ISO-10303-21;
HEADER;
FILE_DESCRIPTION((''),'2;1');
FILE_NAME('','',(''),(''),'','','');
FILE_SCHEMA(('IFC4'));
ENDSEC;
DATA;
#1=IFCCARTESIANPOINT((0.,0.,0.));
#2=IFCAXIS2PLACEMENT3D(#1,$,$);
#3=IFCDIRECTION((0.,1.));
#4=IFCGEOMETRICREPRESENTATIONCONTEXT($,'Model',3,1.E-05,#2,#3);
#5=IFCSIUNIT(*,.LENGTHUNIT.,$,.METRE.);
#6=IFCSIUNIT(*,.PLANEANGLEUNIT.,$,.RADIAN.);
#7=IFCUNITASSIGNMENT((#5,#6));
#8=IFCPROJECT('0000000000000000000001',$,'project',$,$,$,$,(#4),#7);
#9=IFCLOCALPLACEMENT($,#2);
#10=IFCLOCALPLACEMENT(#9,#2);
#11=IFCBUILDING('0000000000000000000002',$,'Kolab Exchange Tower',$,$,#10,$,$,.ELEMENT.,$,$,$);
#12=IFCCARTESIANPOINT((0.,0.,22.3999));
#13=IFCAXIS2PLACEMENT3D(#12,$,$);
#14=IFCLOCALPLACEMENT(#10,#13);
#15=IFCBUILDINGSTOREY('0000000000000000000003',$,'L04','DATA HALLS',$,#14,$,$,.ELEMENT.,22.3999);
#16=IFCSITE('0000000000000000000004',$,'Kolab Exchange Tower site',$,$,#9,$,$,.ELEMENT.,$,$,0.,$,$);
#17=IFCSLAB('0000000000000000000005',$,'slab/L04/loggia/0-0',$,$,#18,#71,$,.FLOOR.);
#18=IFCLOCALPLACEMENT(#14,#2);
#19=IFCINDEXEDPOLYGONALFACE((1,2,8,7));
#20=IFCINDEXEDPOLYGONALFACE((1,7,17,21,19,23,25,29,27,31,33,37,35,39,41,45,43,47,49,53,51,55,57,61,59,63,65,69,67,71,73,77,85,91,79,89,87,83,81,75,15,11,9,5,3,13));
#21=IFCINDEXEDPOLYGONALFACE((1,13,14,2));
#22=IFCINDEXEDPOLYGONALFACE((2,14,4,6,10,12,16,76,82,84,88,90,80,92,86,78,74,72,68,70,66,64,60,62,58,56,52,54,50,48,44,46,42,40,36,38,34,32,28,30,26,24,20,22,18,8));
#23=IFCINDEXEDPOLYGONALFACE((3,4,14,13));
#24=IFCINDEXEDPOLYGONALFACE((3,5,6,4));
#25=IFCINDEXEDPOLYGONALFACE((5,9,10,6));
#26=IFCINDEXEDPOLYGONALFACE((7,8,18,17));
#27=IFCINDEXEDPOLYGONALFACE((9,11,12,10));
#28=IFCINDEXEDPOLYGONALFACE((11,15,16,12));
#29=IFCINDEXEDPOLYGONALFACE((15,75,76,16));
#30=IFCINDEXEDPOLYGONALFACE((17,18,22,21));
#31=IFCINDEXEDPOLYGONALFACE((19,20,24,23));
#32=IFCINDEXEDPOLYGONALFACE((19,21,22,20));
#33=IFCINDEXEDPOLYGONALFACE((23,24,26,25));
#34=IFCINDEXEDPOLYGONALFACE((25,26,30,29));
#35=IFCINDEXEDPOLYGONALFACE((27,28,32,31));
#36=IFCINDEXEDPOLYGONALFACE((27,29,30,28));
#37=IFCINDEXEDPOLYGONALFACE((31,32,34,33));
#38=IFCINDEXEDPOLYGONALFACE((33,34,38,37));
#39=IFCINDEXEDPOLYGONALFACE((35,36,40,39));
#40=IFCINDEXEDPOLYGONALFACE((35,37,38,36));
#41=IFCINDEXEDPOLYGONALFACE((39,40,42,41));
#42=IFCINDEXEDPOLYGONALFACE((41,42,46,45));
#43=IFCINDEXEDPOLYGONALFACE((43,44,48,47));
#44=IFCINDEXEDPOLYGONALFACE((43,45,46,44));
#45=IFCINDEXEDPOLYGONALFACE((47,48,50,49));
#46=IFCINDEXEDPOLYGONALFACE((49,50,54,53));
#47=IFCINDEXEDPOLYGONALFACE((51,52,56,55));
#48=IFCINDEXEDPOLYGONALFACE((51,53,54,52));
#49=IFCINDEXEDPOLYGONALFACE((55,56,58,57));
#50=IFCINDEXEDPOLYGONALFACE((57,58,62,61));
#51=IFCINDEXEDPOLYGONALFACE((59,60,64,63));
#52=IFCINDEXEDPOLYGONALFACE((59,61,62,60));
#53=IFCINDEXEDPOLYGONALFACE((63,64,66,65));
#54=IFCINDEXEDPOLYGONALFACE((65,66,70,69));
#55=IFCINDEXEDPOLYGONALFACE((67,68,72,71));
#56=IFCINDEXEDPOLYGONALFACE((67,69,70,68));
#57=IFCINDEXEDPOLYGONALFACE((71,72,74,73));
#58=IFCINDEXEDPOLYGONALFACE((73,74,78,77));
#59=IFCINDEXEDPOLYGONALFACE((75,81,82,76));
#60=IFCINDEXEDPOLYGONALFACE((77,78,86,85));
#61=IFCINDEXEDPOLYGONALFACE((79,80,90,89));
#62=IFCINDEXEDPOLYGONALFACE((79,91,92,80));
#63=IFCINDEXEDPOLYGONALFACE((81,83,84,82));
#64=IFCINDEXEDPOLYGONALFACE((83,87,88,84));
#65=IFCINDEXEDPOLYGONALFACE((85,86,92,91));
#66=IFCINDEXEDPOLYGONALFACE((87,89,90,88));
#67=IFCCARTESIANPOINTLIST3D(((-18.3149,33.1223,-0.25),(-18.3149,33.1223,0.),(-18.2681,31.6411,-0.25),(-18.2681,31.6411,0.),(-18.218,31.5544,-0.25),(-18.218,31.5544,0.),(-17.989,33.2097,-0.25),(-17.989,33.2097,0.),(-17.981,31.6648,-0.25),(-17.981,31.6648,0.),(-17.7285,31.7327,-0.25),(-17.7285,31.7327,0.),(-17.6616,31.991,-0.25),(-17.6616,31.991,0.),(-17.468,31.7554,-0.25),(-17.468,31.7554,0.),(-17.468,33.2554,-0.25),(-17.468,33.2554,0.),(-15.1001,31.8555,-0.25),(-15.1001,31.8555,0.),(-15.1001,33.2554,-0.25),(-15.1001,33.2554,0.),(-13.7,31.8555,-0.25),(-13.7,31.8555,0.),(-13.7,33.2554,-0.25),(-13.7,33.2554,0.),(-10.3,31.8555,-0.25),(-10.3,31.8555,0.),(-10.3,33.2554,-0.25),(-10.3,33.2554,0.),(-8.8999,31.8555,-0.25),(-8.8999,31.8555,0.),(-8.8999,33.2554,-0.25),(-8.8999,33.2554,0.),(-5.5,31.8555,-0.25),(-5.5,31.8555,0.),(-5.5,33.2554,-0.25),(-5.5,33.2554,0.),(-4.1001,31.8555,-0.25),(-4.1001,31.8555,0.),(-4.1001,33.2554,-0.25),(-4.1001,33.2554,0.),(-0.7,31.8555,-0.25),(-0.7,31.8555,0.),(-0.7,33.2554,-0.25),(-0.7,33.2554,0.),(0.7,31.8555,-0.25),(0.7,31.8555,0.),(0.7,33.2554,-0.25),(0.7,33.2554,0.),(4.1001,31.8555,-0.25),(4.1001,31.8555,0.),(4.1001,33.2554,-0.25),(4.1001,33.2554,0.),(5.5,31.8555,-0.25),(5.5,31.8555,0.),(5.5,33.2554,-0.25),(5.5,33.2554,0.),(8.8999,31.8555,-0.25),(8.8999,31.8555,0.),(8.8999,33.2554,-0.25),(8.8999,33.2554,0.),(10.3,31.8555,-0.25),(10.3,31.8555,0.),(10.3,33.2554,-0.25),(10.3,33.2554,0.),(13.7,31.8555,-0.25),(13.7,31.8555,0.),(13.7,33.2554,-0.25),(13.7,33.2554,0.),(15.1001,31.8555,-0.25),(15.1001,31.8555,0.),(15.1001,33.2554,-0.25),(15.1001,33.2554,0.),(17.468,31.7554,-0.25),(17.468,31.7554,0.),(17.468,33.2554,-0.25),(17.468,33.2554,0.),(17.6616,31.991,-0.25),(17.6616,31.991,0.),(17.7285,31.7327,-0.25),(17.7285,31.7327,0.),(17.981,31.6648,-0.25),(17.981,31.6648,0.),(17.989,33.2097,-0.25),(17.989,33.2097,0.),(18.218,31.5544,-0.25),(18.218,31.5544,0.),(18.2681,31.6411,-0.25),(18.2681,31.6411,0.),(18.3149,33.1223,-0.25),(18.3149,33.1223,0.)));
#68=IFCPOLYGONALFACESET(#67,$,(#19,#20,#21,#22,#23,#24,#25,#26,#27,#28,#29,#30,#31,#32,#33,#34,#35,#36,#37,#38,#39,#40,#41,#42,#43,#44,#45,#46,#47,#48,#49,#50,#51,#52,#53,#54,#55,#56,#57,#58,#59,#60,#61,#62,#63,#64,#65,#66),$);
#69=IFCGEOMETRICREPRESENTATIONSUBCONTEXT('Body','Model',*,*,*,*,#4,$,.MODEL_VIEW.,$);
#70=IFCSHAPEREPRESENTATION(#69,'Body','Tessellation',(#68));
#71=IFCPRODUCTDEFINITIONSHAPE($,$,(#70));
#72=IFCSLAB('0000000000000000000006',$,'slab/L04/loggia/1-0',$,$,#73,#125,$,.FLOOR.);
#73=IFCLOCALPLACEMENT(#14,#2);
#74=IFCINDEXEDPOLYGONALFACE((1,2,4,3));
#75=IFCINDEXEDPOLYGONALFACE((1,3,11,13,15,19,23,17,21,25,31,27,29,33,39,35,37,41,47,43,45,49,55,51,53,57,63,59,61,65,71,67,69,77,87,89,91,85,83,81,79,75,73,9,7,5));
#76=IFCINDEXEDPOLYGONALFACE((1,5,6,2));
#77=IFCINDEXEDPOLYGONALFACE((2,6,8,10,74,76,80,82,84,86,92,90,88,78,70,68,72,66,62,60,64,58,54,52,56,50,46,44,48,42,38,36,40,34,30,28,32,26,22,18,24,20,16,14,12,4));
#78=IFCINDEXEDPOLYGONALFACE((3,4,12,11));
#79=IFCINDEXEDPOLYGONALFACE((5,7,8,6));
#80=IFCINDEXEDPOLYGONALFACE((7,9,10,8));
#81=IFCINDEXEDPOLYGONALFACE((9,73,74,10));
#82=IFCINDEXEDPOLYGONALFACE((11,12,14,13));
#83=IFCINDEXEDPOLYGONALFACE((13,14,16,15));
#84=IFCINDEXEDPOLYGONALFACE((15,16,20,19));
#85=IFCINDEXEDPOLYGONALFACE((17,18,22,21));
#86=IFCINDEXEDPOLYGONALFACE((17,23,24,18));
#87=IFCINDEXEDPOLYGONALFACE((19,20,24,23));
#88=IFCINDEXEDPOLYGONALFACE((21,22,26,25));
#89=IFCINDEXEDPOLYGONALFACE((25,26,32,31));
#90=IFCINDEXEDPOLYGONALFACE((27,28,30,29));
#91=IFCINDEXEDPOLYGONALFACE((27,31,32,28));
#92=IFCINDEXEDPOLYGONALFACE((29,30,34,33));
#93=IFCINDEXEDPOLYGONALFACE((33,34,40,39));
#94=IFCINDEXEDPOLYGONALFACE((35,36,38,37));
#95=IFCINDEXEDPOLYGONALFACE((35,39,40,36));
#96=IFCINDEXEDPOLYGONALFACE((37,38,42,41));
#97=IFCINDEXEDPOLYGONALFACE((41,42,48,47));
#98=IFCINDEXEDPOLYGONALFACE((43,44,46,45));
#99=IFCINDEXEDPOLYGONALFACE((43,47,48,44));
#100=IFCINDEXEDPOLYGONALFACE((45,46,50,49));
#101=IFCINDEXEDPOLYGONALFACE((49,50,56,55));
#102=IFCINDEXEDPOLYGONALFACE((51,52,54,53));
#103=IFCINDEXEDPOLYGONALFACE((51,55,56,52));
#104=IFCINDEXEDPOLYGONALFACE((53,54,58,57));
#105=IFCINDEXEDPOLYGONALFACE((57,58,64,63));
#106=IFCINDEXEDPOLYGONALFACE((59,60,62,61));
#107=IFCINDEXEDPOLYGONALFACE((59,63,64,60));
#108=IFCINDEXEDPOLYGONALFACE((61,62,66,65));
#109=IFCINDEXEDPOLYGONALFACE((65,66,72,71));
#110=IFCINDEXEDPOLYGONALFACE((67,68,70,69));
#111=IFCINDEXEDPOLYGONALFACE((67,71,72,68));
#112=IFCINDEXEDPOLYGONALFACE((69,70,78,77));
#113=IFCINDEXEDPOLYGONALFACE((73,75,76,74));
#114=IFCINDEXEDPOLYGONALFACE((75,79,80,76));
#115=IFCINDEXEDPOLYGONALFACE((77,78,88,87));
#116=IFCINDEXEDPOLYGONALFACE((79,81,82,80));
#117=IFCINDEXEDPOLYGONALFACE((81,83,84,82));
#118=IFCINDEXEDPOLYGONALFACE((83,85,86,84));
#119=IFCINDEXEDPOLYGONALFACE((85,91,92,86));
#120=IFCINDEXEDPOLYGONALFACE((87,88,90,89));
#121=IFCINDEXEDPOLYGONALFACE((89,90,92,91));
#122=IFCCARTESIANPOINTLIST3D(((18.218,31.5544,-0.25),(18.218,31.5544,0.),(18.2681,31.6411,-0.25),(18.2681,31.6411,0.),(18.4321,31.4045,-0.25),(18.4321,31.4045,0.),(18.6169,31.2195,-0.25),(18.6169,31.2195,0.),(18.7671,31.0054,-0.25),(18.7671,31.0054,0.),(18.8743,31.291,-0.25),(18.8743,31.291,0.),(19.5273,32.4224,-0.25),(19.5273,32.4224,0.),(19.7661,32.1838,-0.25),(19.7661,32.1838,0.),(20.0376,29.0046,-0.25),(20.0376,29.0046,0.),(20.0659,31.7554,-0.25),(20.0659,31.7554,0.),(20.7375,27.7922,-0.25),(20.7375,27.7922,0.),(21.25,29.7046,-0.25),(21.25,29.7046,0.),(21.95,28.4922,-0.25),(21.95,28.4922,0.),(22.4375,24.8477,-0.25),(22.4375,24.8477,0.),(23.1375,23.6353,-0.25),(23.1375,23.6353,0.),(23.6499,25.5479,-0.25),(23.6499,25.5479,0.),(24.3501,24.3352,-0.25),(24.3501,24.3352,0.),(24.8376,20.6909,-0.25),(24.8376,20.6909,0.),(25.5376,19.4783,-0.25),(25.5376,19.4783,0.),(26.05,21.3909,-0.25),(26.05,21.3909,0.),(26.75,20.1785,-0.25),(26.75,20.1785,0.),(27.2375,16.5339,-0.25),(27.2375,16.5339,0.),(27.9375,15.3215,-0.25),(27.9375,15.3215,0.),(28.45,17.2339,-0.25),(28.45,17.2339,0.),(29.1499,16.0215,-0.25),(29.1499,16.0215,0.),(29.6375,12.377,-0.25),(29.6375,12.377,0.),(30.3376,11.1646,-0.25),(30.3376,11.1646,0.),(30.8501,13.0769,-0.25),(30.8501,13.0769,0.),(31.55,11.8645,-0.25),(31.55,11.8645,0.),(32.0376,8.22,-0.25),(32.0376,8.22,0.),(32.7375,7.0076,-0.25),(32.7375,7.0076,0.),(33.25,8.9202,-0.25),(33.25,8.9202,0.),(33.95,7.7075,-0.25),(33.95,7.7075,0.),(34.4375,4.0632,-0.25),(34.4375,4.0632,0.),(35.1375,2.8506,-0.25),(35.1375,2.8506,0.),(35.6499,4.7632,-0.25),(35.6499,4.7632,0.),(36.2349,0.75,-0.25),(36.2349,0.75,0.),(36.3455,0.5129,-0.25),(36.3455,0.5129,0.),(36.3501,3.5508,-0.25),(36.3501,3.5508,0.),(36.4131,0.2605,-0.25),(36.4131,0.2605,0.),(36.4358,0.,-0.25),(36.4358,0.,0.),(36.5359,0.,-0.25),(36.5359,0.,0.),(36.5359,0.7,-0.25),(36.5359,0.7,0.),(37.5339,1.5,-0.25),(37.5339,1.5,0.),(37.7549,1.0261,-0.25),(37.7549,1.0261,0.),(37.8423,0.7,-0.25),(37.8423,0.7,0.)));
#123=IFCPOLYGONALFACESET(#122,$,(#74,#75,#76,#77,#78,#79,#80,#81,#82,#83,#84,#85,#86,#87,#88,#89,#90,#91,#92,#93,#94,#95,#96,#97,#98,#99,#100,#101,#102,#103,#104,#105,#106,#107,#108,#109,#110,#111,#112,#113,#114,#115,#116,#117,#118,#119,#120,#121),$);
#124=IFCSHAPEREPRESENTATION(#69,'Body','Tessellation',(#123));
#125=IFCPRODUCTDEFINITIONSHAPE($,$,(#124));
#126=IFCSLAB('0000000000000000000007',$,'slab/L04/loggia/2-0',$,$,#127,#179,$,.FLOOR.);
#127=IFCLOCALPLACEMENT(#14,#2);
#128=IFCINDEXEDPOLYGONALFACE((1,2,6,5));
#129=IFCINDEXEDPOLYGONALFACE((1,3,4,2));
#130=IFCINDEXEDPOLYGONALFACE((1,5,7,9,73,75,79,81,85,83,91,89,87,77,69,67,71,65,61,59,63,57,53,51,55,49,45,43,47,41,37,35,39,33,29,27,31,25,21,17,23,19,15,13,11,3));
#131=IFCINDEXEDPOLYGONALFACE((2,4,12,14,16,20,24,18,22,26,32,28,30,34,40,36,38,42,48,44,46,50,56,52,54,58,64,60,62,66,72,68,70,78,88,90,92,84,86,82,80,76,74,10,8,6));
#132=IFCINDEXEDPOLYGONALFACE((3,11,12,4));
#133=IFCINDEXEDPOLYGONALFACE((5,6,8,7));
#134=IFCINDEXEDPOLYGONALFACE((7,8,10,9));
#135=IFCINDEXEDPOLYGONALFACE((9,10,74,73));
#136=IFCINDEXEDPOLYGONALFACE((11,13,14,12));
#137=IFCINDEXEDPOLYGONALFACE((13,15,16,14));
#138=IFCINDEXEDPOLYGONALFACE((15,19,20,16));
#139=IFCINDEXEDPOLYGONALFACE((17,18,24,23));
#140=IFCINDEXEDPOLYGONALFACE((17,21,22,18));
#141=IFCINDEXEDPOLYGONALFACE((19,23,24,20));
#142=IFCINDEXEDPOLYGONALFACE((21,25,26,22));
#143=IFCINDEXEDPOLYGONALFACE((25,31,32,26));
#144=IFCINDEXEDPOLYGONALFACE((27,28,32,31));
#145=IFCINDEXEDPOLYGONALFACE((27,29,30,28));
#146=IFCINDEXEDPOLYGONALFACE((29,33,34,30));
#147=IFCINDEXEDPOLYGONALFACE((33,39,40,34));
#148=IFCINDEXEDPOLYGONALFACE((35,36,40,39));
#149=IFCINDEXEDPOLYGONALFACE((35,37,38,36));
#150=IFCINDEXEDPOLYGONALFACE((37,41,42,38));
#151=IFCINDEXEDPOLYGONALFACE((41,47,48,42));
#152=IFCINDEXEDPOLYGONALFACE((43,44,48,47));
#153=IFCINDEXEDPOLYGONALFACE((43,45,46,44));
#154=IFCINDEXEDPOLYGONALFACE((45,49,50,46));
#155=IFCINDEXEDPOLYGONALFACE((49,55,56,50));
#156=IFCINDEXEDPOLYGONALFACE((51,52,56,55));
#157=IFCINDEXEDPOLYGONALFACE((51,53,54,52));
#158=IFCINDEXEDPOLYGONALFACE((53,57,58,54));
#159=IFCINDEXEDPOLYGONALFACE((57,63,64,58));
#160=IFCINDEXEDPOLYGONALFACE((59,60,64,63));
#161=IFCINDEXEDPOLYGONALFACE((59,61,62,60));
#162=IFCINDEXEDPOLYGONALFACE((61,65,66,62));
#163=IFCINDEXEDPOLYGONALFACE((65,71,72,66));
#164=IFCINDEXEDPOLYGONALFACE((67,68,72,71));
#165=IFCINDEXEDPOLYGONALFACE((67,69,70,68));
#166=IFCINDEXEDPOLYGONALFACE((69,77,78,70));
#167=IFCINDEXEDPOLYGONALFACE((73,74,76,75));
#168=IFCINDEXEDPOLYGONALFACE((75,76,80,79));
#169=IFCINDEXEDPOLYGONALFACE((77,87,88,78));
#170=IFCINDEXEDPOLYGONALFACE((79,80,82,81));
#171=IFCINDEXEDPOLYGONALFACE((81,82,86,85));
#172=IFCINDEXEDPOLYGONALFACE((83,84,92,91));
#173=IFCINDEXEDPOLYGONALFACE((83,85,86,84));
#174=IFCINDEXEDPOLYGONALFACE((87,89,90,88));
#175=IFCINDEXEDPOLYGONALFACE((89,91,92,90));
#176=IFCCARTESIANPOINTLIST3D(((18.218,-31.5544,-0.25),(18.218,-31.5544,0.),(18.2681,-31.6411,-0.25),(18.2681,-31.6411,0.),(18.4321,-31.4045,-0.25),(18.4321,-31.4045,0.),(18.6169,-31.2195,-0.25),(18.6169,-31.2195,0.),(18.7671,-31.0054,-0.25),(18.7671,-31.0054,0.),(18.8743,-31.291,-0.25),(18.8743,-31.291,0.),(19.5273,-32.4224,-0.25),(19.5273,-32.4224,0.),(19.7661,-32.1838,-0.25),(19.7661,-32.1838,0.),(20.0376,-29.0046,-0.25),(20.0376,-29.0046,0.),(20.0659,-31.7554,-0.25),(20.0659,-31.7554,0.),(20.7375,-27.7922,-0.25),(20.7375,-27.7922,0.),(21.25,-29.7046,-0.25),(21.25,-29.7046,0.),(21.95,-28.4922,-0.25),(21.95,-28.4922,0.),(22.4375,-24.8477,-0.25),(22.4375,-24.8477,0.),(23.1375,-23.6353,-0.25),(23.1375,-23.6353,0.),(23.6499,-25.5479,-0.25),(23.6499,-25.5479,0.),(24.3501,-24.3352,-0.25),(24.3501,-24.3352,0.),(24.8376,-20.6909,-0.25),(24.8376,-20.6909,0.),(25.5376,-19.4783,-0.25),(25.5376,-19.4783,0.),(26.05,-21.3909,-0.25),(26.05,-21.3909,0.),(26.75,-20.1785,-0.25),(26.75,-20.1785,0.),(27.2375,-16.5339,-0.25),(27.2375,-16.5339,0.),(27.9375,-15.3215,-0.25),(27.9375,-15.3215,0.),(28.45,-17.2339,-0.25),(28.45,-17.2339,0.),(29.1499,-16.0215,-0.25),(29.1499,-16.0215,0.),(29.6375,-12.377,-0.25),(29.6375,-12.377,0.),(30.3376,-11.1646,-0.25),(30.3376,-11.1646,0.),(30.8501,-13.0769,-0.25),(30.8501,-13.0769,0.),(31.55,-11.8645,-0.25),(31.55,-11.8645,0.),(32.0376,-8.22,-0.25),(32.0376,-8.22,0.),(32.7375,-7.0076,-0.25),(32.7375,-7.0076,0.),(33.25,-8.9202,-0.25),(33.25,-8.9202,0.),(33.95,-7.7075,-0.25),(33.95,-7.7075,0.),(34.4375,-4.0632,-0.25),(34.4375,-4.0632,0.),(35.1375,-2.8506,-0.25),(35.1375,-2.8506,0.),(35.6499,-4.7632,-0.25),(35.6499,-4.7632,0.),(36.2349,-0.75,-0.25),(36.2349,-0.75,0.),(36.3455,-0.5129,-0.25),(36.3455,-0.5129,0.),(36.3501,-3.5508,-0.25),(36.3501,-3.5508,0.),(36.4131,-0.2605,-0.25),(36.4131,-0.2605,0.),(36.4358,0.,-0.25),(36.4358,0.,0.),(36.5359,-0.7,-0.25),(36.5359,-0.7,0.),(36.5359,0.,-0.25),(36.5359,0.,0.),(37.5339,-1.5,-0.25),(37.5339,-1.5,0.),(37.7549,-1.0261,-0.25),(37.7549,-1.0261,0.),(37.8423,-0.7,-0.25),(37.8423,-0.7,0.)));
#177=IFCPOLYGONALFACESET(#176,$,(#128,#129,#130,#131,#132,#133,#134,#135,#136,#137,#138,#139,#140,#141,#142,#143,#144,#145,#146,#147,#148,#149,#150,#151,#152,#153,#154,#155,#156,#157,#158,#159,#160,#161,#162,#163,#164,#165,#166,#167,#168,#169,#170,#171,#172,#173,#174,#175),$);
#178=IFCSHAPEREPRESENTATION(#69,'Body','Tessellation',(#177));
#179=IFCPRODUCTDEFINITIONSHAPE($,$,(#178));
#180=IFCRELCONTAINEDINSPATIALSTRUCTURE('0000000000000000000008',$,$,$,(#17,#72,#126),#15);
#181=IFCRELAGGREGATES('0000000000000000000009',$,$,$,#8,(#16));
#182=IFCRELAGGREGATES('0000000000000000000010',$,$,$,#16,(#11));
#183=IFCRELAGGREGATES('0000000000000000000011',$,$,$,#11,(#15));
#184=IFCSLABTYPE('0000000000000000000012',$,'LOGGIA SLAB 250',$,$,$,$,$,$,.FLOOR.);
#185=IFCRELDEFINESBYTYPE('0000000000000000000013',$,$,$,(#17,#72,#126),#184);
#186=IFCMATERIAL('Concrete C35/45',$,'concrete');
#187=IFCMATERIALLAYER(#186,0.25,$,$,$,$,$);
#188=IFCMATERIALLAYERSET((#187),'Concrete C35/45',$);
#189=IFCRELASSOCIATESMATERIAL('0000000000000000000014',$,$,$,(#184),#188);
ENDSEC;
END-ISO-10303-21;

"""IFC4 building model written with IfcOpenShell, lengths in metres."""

from ifc_helpers import new_model, si_unit, direction, frame, origin, place, context, subcontext, project, spatial, polyline, outline, extrude, material, layer, layer_set, type_object, element, save


model = new_model("IFC4")

# Units and contexts
model_context = context("Model", 3, precision=1e-05, world=origin(), true_north=direction((0.0, 1.0)))
body_context = subcontext(model_context, "Body", "Model", "MODEL_VIEW")
ifc_project = project(units=[si_unit("LENGTHUNIT", "METRE"), si_unit("PLANEANGLEUNIT", "RADIAN")], contexts=[model_context])

# Site, building, storey
site_placement = place(None, origin())
site = spatial("IfcSite", under=ifc_project, at=site_placement, Name="Kolab Exchange Tower site", CompositionType="ELEMENT", RefElevation=0.0)
building_placement = place(site_placement, origin())
building = spatial("IfcBuilding", under=site, at=building_placement, Name="Kolab Exchange Tower", CompositionType="ELEMENT")
storey_placement = place(building_placement, frame((0.0, 0.0, 22.3999)))
storey = spatial("IfcBuildingStorey", under=building, at=storey_placement, Name="L04", Description="DATA HALLS", CompositionType="ELEMENT", Elevation=22.3999)

# Slabs
ifc_material_1 = material(Name="Concrete C35/45", Category="concrete")
ifc_layer_1 = layer(ifc_material_1, 0.25)
ifc_layer_set_1 = layer_set([ifc_layer_1], Name="Concrete C35/45")
slab_type_1 = type_object("IfcSlabType", Name="LOGGIA SLAB 250", PredefinedType="FLOOR", material=ifc_layer_set_1)
slab_1_placement = place(storey_placement, frame((0.0, 0.0, -0.25)))
element("IfcSlab", 1, at=slab_1_placement, inside=storey, type_object=slab_type_1, Name="slab/L04/loggia/0-0", PredefinedType="FLOOR", context=body_context, shape_type="SweptSolid", body=[
    extrude(outline(polyline([(18.218, 31.5544), (18.2681, 31.6411), (17.6616, 31.991), (18.3149, 33.1223), (17.989, 33.2097), (17.468, 33.2554), (15.1001, 33.2554), (15.1001, 31.8555), (13.7, 31.8555), (13.7, 33.2554), (10.3, 33.2554), (10.3, 31.8555), (8.8999, 31.8555), (8.8999, 33.2554), (5.5, 33.2554), (5.5, 31.8555), (4.1001, 31.8555), (4.1001, 33.2554), (0.7, 33.2554), (0.7, 31.8555), (-0.7, 31.8555), (-0.7, 33.2554), (-4.1001, 33.2554), (-4.1001, 31.8555), (-5.5, 31.8555), (-5.5, 33.2554), (-8.8999, 33.2554), (-8.8999, 31.8555), (-10.3, 31.8555), (-10.3, 33.2554), (-13.7, 33.2554), (-13.7, 31.8555), (-15.1001, 31.8555), (-15.1001, 33.2554), (-17.468, 33.2554), (-17.989, 33.2097), (-18.3149, 33.1223), (-17.6616, 31.991), (-18.2681, 31.6411), (-18.218, 31.5544), (-17.981, 31.6648), (-17.7285, 31.7327), (-17.468, 31.7554), (17.468, 31.7554), (17.7285, 31.7327), (17.981, 31.6648), (18.218, 31.5544)])), origin(), (0.0, 0.0, 1.0), 0.25),
])
slab_2_placement = place(storey_placement, frame((0.0, 0.0, -0.25)))
element("IfcSlab", 2, at=slab_2_placement, inside=storey, type_object=slab_type_1, Name="slab/L04/loggia/1-0", PredefinedType="FLOOR", context=body_context, shape_type="SweptSolid", body=[
    extrude(outline(polyline([(36.4358, 0.0), (36.5359, 0.0), (36.5359, 0.7), (37.8423, 0.7), (37.7549, 1.0261), (37.5339, 1.5), (36.3501, 3.5508), (35.1375, 2.8506), (34.4375, 4.0632), (35.6499, 4.7632), (33.95, 7.7075), (32.7375, 7.0076), (32.0376, 8.22), (33.25, 8.9202), (31.55, 11.8645), (30.3376, 11.1646), (29.6375, 12.377), (30.8501, 13.0769), (29.1499, 16.0215), (27.9375, 15.3215), (27.2375, 16.5339), (28.45, 17.2339), (26.75, 20.1785), (25.5376, 19.4783), (24.8376, 20.6909), (26.05, 21.3909), (24.3501, 24.3352), (23.1375, 23.6353), (22.4375, 24.8477), (23.6499, 25.5479), (21.95, 28.4922), (20.7375, 27.7922), (20.0376, 29.0046), (21.25, 29.7046), (20.0659, 31.7554), (19.7661, 32.1838), (19.5273, 32.4224), (18.8743, 31.291), (18.2681, 31.6411), (18.218, 31.5544), (18.4321, 31.4045), (18.6169, 31.2195), (18.7671, 31.0054), (36.2349, 0.75), (36.3455, 0.5129), (36.4131, 0.2605), (36.4358, 0.0)])), origin(), (0.0, 0.0, 1.0), 0.25),
])
slab_3_placement = place(storey_placement, frame((0.0, 0.0, -0.25)))
element("IfcSlab", 3, at=slab_3_placement, inside=storey, type_object=slab_type_1, Name="slab/L04/loggia/2-0", PredefinedType="FLOOR", context=body_context, shape_type="SweptSolid", body=[
    extrude(outline(polyline([(20.0659, -31.7554), (21.25, -29.7046), (20.0376, -29.0046), (20.7375, -27.7922), (21.95, -28.4922), (23.6499, -25.5479), (22.4375, -24.8477), (23.1375, -23.6353), (24.3501, -24.3352), (26.05, -21.3909), (24.8376, -20.6909), (25.5376, -19.4783), (26.75, -20.1785), (28.45, -17.2339), (27.2375, -16.5339), (27.9375, -15.3215), (29.1499, -16.0215), (30.8501, -13.0769), (29.6375, -12.377), (30.3376, -11.1646), (31.55, -11.8645), (33.25, -8.9202), (32.0376, -8.22), (32.7375, -7.0076), (33.95, -7.7075), (35.6499, -4.7632), (34.4375, -4.0632), (35.1375, -2.8506), (36.3501, -3.5508), (37.5339, -1.5), (37.7549, -1.0261), (37.8423, -0.7), (36.5359, -0.7), (36.5359, 0.0), (36.4358, 0.0), (36.4131, -0.2605), (36.3455, -0.5129), (36.2349, -0.75), (18.7671, -31.0054), (18.6169, -31.2195), (18.4321, -31.4045), (18.218, -31.5544), (18.2681, -31.6411), (18.8743, -31.291), (19.5273, -32.4224), (19.7661, -32.1838), (20.0659, -31.7554)])), origin(), (0.0, 0.0, 1.0), 0.25),
])

save(model, "model.ifc")
